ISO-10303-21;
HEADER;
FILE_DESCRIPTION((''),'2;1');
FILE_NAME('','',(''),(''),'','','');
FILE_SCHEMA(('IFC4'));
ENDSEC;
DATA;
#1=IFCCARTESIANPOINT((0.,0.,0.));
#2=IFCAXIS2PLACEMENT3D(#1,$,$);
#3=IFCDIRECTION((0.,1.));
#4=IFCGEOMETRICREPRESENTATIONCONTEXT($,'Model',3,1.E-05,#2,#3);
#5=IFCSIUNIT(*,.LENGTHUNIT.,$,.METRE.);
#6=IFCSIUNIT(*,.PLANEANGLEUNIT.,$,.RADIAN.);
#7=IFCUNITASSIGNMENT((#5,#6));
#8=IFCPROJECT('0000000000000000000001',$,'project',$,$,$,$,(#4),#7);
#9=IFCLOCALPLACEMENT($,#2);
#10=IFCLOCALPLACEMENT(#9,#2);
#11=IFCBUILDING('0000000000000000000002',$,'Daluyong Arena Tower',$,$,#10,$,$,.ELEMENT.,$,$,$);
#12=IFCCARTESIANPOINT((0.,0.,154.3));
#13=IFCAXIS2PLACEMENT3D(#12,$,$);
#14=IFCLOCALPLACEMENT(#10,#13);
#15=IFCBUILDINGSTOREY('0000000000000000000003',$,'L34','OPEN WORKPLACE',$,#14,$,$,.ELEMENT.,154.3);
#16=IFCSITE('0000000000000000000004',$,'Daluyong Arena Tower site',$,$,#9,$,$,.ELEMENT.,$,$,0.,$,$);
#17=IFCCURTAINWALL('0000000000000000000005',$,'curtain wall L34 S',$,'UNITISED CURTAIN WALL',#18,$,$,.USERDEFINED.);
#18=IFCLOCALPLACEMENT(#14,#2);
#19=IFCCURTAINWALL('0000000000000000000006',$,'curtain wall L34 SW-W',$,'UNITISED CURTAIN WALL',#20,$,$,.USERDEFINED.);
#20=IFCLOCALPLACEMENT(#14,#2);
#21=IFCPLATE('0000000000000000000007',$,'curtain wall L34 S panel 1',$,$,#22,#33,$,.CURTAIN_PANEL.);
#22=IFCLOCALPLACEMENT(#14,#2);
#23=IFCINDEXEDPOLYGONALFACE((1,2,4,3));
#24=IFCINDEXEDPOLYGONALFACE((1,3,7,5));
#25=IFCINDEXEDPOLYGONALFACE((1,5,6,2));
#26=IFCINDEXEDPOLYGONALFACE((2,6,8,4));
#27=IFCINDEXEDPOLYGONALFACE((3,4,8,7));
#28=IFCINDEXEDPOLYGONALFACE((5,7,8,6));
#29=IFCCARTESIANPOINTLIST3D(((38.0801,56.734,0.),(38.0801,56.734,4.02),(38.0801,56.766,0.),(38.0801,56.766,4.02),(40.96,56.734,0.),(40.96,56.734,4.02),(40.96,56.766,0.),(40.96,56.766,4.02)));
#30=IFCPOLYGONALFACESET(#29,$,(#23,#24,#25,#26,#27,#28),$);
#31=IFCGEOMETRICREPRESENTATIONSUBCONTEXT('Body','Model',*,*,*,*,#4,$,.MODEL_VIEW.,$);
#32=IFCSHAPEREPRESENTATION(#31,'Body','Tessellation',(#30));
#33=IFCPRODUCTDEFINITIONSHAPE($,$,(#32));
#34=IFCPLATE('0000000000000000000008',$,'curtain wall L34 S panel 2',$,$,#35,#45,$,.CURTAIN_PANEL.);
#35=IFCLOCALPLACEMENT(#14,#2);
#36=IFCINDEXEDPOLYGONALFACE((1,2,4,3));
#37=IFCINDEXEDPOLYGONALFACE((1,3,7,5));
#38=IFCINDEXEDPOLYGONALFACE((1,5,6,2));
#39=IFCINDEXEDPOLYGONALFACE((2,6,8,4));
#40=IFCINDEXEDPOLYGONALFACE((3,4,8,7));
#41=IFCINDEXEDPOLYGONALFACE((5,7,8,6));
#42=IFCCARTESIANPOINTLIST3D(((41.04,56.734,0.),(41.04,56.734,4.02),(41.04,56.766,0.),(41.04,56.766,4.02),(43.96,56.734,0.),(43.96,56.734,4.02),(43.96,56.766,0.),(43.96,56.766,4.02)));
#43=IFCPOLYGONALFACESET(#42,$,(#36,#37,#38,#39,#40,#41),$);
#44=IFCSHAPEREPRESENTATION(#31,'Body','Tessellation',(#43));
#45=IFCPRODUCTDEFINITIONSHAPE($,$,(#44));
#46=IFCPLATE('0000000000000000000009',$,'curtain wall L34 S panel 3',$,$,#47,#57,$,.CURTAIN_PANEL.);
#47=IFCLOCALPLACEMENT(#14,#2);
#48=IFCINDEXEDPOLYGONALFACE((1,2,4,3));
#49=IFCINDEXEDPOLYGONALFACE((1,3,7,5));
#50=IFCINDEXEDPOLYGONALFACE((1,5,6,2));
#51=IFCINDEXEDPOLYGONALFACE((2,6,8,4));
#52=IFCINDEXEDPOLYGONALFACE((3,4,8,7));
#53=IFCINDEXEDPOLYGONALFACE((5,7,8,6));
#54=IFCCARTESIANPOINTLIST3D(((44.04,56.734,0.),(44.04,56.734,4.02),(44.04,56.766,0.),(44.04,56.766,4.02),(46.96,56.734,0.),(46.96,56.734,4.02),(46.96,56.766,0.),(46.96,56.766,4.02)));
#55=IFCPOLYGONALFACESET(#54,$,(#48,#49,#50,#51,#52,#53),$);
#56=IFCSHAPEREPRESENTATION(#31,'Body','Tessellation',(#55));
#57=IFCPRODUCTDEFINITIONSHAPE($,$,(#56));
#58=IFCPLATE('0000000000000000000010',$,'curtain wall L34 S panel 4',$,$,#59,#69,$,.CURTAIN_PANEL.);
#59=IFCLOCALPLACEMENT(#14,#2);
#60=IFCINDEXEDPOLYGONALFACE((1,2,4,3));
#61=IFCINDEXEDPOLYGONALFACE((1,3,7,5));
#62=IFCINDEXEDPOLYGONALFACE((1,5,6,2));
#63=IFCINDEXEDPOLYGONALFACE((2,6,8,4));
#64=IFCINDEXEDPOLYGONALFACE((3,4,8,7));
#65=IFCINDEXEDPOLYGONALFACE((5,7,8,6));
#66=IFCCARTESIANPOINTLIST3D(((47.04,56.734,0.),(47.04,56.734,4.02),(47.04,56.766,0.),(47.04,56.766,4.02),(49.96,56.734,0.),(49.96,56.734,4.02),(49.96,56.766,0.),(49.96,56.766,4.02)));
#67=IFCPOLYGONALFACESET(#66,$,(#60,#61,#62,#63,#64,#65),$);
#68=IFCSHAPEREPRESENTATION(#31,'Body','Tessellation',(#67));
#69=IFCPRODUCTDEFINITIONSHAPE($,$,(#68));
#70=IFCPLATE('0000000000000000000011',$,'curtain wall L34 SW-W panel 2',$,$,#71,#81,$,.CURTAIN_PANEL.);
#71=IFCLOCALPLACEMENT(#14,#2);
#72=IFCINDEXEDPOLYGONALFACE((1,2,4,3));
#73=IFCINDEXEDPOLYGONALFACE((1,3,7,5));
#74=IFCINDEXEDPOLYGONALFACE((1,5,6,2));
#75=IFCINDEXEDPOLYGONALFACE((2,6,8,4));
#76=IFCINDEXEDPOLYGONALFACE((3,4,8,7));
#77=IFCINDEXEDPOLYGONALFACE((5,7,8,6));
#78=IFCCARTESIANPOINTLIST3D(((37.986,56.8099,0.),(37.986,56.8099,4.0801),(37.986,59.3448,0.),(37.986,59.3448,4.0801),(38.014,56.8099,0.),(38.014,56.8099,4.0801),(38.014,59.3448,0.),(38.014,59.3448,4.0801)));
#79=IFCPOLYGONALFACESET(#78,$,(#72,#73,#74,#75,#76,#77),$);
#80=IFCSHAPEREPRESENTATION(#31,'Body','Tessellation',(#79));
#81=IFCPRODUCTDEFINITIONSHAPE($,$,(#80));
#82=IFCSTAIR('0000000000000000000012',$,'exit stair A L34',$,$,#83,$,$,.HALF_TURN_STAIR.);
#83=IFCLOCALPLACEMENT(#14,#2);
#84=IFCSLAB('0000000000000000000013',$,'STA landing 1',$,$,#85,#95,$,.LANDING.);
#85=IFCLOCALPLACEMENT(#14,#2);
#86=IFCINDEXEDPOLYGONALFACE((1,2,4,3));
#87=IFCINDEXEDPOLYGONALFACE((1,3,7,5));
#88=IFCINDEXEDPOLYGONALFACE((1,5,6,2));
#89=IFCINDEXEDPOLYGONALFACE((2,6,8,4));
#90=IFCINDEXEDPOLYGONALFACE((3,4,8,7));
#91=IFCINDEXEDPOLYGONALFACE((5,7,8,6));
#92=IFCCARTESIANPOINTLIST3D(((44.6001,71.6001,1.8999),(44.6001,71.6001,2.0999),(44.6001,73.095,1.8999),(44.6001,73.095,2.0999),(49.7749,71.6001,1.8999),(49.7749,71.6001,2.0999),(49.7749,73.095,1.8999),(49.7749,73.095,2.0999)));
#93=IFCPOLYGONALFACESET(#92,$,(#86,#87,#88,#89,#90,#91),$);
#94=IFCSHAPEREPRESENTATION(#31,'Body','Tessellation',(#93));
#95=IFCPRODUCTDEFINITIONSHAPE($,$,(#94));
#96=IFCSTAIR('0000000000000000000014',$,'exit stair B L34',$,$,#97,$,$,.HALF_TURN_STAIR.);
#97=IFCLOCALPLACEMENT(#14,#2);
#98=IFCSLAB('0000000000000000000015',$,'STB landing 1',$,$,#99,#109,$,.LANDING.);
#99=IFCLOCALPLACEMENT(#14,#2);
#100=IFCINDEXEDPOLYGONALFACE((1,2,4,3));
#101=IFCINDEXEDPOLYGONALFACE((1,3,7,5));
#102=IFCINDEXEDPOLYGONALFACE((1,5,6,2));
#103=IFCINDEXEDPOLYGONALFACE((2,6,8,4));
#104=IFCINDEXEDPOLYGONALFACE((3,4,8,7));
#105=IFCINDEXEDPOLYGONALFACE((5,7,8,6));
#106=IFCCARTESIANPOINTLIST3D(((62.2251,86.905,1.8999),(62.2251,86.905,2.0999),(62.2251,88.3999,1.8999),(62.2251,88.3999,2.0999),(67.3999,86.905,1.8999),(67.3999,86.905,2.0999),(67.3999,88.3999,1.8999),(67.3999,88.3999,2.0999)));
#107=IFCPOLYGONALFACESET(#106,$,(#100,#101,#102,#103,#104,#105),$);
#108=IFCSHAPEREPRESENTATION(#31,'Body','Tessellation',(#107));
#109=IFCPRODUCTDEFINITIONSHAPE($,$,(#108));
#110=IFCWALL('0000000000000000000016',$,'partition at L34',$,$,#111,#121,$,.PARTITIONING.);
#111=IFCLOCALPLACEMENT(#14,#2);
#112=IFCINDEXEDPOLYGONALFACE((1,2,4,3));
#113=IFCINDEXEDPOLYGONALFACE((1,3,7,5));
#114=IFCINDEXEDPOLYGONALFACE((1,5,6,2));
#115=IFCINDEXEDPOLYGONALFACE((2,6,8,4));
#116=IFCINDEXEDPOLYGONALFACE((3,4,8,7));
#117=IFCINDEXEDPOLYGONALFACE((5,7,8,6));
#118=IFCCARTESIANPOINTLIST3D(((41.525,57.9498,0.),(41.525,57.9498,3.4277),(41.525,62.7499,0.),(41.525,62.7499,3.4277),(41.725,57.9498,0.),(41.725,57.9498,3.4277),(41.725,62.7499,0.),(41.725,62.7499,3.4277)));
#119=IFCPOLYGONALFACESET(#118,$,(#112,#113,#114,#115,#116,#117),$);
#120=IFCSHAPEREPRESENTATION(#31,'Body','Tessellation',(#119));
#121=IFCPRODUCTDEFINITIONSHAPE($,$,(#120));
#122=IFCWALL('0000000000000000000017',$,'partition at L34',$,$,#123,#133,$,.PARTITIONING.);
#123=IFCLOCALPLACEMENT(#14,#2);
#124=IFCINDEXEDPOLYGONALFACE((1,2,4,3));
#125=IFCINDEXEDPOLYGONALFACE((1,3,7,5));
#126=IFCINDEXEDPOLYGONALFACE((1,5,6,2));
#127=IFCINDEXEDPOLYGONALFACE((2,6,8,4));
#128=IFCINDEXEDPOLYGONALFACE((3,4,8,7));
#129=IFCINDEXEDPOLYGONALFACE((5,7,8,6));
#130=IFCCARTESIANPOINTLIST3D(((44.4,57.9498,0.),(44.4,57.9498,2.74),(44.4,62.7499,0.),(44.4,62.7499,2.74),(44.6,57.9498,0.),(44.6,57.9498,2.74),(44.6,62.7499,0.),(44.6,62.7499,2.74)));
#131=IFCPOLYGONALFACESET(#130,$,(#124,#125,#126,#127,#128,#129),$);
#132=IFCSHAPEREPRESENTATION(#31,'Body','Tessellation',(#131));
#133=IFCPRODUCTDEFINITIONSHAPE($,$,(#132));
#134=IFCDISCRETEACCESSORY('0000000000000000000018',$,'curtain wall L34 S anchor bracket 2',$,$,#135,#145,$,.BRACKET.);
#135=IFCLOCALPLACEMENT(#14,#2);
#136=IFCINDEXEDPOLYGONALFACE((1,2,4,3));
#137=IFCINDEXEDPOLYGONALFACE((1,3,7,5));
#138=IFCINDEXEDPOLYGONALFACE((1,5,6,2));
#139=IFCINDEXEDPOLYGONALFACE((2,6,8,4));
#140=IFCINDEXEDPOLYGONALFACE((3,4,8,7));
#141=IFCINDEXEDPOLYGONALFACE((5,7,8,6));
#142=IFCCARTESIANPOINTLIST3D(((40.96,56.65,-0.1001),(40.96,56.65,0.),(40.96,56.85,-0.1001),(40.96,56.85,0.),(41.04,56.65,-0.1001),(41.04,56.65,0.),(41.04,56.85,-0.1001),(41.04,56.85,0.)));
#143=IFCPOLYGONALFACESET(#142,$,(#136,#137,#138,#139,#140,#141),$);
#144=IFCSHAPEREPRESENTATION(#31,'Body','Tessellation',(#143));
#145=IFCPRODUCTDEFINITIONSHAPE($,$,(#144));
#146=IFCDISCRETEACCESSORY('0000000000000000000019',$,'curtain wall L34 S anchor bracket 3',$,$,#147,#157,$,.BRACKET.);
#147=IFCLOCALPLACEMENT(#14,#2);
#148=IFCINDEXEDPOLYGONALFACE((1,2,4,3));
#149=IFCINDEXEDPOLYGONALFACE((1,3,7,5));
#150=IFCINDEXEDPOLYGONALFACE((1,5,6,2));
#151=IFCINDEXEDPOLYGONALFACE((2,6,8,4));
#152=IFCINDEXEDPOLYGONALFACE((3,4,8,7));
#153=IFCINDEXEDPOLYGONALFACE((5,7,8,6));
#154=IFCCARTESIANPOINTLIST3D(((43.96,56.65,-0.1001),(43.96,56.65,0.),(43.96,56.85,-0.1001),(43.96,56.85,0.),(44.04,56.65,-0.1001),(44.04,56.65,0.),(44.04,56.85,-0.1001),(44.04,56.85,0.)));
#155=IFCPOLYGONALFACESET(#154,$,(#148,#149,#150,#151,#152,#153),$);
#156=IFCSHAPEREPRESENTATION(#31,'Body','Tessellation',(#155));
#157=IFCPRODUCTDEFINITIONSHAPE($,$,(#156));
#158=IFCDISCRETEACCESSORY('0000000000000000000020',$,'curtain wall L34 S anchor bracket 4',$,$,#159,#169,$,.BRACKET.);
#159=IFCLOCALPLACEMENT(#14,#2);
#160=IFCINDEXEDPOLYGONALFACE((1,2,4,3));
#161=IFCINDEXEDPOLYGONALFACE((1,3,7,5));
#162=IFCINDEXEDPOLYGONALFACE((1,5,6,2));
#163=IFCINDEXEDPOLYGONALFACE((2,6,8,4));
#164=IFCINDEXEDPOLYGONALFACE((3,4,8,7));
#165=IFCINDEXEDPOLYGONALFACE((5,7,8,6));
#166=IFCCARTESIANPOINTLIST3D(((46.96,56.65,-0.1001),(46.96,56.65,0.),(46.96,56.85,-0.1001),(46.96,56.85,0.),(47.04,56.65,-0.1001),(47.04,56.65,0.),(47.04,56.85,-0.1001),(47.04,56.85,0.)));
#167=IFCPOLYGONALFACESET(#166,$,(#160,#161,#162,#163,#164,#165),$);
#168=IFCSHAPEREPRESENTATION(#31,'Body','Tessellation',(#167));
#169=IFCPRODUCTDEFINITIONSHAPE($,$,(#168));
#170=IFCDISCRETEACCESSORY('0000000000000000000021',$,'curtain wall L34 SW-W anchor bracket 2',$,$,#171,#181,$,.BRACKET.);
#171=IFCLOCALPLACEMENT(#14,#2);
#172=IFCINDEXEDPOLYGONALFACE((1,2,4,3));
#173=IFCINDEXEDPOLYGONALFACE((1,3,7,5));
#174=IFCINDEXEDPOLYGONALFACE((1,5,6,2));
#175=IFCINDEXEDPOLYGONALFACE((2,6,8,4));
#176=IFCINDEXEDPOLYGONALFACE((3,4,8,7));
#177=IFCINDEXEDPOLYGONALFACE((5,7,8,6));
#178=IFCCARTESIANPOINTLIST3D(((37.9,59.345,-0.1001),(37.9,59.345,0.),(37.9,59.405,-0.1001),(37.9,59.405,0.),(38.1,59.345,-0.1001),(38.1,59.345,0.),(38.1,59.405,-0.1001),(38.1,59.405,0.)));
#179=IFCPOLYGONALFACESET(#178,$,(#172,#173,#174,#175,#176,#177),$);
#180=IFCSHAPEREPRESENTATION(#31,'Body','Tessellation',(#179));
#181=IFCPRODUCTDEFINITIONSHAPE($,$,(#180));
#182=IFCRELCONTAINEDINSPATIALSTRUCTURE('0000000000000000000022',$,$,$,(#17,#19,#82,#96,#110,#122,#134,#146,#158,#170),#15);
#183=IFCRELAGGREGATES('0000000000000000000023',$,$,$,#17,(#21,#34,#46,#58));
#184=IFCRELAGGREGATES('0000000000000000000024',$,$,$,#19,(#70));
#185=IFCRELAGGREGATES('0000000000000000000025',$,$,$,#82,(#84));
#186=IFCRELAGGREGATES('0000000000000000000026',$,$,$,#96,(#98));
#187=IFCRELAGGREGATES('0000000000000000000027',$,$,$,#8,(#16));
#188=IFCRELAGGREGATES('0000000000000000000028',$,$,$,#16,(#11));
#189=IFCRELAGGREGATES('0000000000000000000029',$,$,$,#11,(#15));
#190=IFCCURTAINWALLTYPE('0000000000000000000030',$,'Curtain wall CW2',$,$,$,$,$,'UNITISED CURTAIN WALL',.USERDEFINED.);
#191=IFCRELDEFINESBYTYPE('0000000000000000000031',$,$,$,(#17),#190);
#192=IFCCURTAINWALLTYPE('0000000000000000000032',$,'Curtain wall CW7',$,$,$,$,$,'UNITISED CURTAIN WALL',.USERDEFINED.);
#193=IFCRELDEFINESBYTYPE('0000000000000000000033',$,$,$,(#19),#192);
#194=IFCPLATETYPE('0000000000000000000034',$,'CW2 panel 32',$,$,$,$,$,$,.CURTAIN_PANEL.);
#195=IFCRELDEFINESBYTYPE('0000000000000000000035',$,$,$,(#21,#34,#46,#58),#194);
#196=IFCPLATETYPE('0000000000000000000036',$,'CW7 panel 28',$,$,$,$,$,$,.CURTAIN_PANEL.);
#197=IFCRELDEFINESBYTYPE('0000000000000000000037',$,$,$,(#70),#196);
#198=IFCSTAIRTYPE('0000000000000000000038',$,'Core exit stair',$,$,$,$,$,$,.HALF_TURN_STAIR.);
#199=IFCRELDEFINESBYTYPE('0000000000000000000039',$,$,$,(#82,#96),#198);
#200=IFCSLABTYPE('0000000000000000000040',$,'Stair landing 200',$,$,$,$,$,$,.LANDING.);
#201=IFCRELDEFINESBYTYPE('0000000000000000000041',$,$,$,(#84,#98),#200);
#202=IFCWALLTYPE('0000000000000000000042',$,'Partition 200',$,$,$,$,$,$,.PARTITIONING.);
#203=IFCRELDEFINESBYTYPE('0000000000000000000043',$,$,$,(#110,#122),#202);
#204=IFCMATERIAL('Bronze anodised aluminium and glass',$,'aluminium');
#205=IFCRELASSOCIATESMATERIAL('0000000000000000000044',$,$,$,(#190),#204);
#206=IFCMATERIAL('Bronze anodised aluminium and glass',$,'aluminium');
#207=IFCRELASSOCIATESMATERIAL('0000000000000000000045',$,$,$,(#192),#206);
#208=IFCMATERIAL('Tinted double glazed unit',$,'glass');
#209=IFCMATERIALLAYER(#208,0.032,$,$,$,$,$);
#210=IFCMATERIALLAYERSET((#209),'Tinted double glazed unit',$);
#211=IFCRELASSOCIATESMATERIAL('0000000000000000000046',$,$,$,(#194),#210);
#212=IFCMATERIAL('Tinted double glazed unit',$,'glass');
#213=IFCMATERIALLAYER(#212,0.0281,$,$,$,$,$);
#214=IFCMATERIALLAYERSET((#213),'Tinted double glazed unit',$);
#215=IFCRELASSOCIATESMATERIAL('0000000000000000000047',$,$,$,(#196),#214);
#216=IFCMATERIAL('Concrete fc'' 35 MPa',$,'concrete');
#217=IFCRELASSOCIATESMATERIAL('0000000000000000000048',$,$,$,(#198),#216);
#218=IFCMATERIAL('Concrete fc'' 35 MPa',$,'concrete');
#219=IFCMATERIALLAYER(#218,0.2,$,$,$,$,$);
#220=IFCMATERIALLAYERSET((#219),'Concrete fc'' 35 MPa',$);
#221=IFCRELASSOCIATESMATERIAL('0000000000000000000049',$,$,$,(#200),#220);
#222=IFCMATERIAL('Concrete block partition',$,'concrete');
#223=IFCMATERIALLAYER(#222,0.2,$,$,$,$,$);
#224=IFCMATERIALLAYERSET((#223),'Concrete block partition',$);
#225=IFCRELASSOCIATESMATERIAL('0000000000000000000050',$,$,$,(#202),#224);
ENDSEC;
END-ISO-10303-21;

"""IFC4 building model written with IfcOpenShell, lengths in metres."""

from ifc_helpers import new_model, si_unit, direction, frame, frame_2d, origin, origin_2d, place, context, subcontext, project, spatial, polyline, rectangle, outline, extrude, material, layer, layer_set, type_object, element, aggregate, save


model = new_model("IFC4")

# Units and contexts
model_context = context("Model", 3, precision=1e-05, world=origin(), true_north=direction((0.0, 1.0)))
body_context = subcontext(model_context, "Body", "Model", "MODEL_VIEW")
ifc_project = project(units=[si_unit("LENGTHUNIT", "METRE"), si_unit("PLANEANGLEUNIT", "RADIAN")], contexts=[model_context])

# Site, building, storey
site_placement = place(None, origin())
site = spatial("IfcSite", under=ifc_project, at=site_placement, Name="Daluyong Arena Tower site", CompositionType="ELEMENT", RefElevation=0.0)
building_placement = place(site_placement, origin())
building = spatial("IfcBuilding", under=site, at=building_placement, Name="Daluyong Arena Tower", CompositionType="ELEMENT")
storey_placement = place(building_placement, frame((0.0, 0.0, 154.3)))
storey = spatial("IfcBuildingStorey", under=building, at=storey_placement, Name="L34", Description="OPEN WORKPLACE", CompositionType="ELEMENT", Elevation=154.3)

# Curtain walls
ifc_material_1 = material(Name="Bronze anodised aluminium and glass", Category="aluminium")
curtain_wall_type_1 = type_object("IfcCurtainWallType", Name="Curtain wall CW2", ElementType="UNITISED CURTAIN WALL", PredefinedType="USERDEFINED", material=ifc_material_1)
curtain_wall_1_placement = place(storey_placement, origin())
curtain_wall_1 = element("IfcCurtainWall", 1, at=curtain_wall_1_placement, inside=storey, type_object=curtain_wall_type_1, Name="curtain wall L34 S", ObjectType="UNITISED CURTAIN WALL", PredefinedType="USERDEFINED")
ifc_material_2 = material(Name="Bronze anodised aluminium and glass", Category="aluminium")
curtain_wall_type_2 = type_object("IfcCurtainWallType", Name="Curtain wall CW7", ElementType="UNITISED CURTAIN WALL", PredefinedType="USERDEFINED", material=ifc_material_2)
curtain_wall_2_placement = place(storey_placement, origin())
curtain_wall_2 = element("IfcCurtainWall", 2, at=curtain_wall_2_placement, inside=storey, type_object=curtain_wall_type_2, Name="curtain wall L34 SW-W", ObjectType="UNITISED CURTAIN WALL", PredefinedType="USERDEFINED")

# Plates
ifc_material_3 = material(Name="Tinted double glazed unit", Category="glass")
ifc_layer_1 = layer(ifc_material_3, 0.032)
ifc_layer_set_1 = layer_set([ifc_layer_1], Name="Tinted double glazed unit")
plate_type_1 = type_object("IfcPlateType", Name="CW2 panel 32", PredefinedType="CURTAIN_PANEL", material=ifc_layer_set_1)
plate_1_placement = place(storey_placement, frame((39.52, 56.75, 0.0), z_axis=(0.0, 0.0, 1.0), x_axis=(1.0, 0.0, 0.0)))
plate_1 = element("IfcPlate", 3, at=plate_1_placement, type_object=plate_type_1, Name="curtain wall L34 S panel 1", PredefinedType="CURTAIN_PANEL", context=body_context, shape_type="SweptSolid", body=[
    extrude(rectangle(XDim=2.8799, YDim=0.032, at=origin_2d()), origin(), (0.0, 0.0, 1.0), 4.02),
])
plate_2_placement = place(storey_placement, frame((42.5, 56.75, 0.0), z_axis=(0.0, 0.0, 1.0), x_axis=(1.0, 0.0, 0.0)))
plate_2 = element("IfcPlate", 4, at=plate_2_placement, type_object=plate_type_1, Name="curtain wall L34 S panel 2", PredefinedType="CURTAIN_PANEL", context=body_context, shape_type="SweptSolid", body=[
    extrude(rectangle(XDim=2.9199, YDim=0.032, at=origin_2d()), origin(), (0.0, 0.0, 1.0), 4.02),
])
plate_3_placement = place(storey_placement, frame((45.5, 56.75, 0.0), z_axis=(0.0, 0.0, 1.0), x_axis=(1.0, 0.0, 0.0)))
plate_3 = element("IfcPlate", 5, at=plate_3_placement, type_object=plate_type_1, Name="curtain wall L34 S panel 3", PredefinedType="CURTAIN_PANEL", context=body_context, shape_type="SweptSolid", body=[
    extrude(rectangle(XDim=2.9199, YDim=0.032, at=origin_2d()), origin(), (0.0, 0.0, 1.0), 4.02),
])
plate_4_placement = place(storey_placement, frame((48.5, 56.75, 0.0), z_axis=(0.0, 0.0, 1.0), x_axis=(1.0, 0.0, 0.0)))
plate_4 = element("IfcPlate", 6, at=plate_4_placement, type_object=plate_type_1, Name="curtain wall L34 S panel 4", PredefinedType="CURTAIN_PANEL", context=body_context, shape_type="SweptSolid", body=[
    extrude(rectangle(XDim=2.9199, YDim=0.032, at=origin_2d()), origin(), (0.0, 0.0, 1.0), 4.02),
])
aggregate(curtain_wall_1, [plate_1, plate_2, plate_3, plate_4])
ifc_material_4 = material(Name="Tinted double glazed unit", Category="glass")
ifc_layer_2 = layer(ifc_material_4, 0.0281)
ifc_layer_set_2 = layer_set([ifc_layer_2], Name="Tinted double glazed unit")
plate_type_2 = type_object("IfcPlateType", Name="CW7 panel 28", PredefinedType="CURTAIN_PANEL", material=ifc_layer_set_2)
plate_5_placement = place(storey_placement, frame((38.0, 58.0774, 0.0), z_axis=(0.0, 0.0, 1.0), x_axis=(0.0, -1.0, 0.0)))
plate_5 = element("IfcPlate", 7, at=plate_5_placement, type_object=plate_type_2, Name="curtain wall L34 SW-W panel 2", PredefinedType="CURTAIN_PANEL", context=body_context, shape_type="SweptSolid", body=[
    extrude(rectangle(XDim=2.5349, YDim=0.0281, at=origin_2d()), origin(), (0.0, 0.0, 1.0), 4.0801),
])
aggregate(curtain_wall_2, [plate_5])

# Stairs, slabs
ifc_material_5 = material(Name="Concrete fc' 35 MPa", Category="concrete")
stair_type = type_object("IfcStairType", Name="Core exit stair", PredefinedType="HALF_TURN_STAIR", material=ifc_material_5)
stair_1_placement = place(storey_placement, origin())
stair_1 = element("IfcStair", 8, at=stair_1_placement, inside=storey, type_object=stair_type, Name="exit stair A L34", PredefinedType="HALF_TURN_STAIR")
ifc_material_6 = material(Name="Concrete fc' 35 MPa", Category="concrete")
ifc_layer_3 = layer(ifc_material_6, 0.2)
ifc_layer_set_3 = layer_set([ifc_layer_3], Name="Concrete fc' 35 MPa")
slab_type = type_object("IfcSlabType", Name="Stair landing 200", PredefinedType="LANDING", material=ifc_layer_set_3)
slab_1_placement = place(storey_placement, frame((0.0, 0.0, 1.8999)))
slab_1 = element("IfcSlab", 9, at=slab_1_placement, type_object=slab_type, Name="STA landing 1", PredefinedType="LANDING", context=body_context, shape_type="SweptSolid", body=[
    extrude(outline(polyline([(44.6001, 71.6001), (49.7749, 71.6001), (49.7749, 73.095), (44.6001, 73.095), (44.6001, 71.6001)])), origin(), (0.0, 0.0, 1.0), 0.2),
])
aggregate(stair_1, [slab_1])
stair_2_placement = place(storey_placement, origin())
stair_2 = element("IfcStair", 10, at=stair_2_placement, inside=storey, type_object=stair_type, Name="exit stair B L34", PredefinedType="HALF_TURN_STAIR")
slab_2_placement = place(storey_placement, frame((0.0, 0.0, 1.8999)))
slab_2 = element("IfcSlab", 11, at=slab_2_placement, type_object=slab_type, Name="STB landing 1", PredefinedType="LANDING", context=body_context, shape_type="SweptSolid", body=[
    extrude(outline(polyline([(62.2251, 86.905), (67.3999, 86.905), (67.3999, 88.3999), (62.2251, 88.3999), (62.2251, 86.905)])), origin(), (0.0, 0.0, 1.0), 0.2),
])
aggregate(stair_2, [slab_2])

# Walls
ifc_material_7 = material(Name="Concrete block partition", Category="concrete")
ifc_layer_4 = layer(ifc_material_7, 0.2)
ifc_layer_set_4 = layer_set([ifc_layer_4], Name="Concrete block partition")
wall_type = type_object("IfcWallType", Name="Partition 200", PredefinedType="PARTITIONING", material=ifc_layer_set_4)
wall_1_placement = place(storey_placement, frame((41.625, 57.95, 0.0), z_axis=(0.0, 0.0, 1.0), x_axis=(0.0, 1.0, 0.0)))
element("IfcWall", 12, at=wall_1_placement, inside=storey, type_object=wall_type, Name="partition at L34", PredefinedType="PARTITIONING", context=body_context, shape_type="SweptSolid", body=[
    extrude(rectangle(XDim=4.8, YDim=0.2, at=frame_2d((2.3999, 0.0))), origin(), (0.0, 0.0, 1.0), 3.4277),
])
wall_2_placement = place(storey_placement, frame((44.5, 57.95, 0.0), z_axis=(0.0, 0.0, 1.0), x_axis=(0.0, 1.0, 0.0)))
element("IfcWall", 13, at=wall_2_placement, inside=storey, type_object=wall_type, Name="partition at L34", PredefinedType="PARTITIONING", context=body_context, shape_type="SweptSolid", body=[
    extrude(rectangle(XDim=4.8, YDim=0.2, at=frame_2d((2.3999, 0.0))), origin(), (0.0, 0.0, 1.0), 2.74),
])

# Discrete accessories
for number, where, z_axis, x_axis, name in (
    (14, (41.0, 56.75, -0.1001), (0.0, 0.0, 1.0), (1.0, 0.0, 0.0), "curtain wall L34 S anchor bracket 2"),
    (15, (44.0, 56.75, -0.1001), (0.0, 0.0, 1.0), (1.0, 0.0, 0.0), "curtain wall L34 S anchor bracket 3"),
    (16, (47.0, 56.75, -0.1001), (0.0, 0.0, 1.0), (1.0, 0.0, 0.0), "curtain wall L34 S anchor bracket 4"),
):
    element("IfcDiscreteAccessory", number, at=place(storey_placement, frame(where, z_axis=z_axis, x_axis=x_axis)), inside=storey, Name=name, PredefinedType="BRACKET", context=body_context, shape_type="SweptSolid", body=[
        extrude(rectangle(XDim=0.0801, YDim=0.2, at=origin_2d()), origin(), (0.0, 0.0, 1.0), 0.1001),
    ])
discrete_accessory_placement = place(storey_placement, frame((38.0, 59.375, -0.1001), z_axis=(0.0, 0.0, 1.0), x_axis=(0.0, -1.0, 0.0)))
element("IfcDiscreteAccessory", 17, at=discrete_accessory_placement, inside=storey, Name="curtain wall L34 SW-W anchor bracket 2", PredefinedType="BRACKET", context=body_context, shape_type="SweptSolid", body=[
    extrude(rectangle(XDim=0.0601, YDim=0.2, at=origin_2d()), origin(), (0.0, 0.0, 1.0), 0.1001),
])

save(model, "model.ifc")
